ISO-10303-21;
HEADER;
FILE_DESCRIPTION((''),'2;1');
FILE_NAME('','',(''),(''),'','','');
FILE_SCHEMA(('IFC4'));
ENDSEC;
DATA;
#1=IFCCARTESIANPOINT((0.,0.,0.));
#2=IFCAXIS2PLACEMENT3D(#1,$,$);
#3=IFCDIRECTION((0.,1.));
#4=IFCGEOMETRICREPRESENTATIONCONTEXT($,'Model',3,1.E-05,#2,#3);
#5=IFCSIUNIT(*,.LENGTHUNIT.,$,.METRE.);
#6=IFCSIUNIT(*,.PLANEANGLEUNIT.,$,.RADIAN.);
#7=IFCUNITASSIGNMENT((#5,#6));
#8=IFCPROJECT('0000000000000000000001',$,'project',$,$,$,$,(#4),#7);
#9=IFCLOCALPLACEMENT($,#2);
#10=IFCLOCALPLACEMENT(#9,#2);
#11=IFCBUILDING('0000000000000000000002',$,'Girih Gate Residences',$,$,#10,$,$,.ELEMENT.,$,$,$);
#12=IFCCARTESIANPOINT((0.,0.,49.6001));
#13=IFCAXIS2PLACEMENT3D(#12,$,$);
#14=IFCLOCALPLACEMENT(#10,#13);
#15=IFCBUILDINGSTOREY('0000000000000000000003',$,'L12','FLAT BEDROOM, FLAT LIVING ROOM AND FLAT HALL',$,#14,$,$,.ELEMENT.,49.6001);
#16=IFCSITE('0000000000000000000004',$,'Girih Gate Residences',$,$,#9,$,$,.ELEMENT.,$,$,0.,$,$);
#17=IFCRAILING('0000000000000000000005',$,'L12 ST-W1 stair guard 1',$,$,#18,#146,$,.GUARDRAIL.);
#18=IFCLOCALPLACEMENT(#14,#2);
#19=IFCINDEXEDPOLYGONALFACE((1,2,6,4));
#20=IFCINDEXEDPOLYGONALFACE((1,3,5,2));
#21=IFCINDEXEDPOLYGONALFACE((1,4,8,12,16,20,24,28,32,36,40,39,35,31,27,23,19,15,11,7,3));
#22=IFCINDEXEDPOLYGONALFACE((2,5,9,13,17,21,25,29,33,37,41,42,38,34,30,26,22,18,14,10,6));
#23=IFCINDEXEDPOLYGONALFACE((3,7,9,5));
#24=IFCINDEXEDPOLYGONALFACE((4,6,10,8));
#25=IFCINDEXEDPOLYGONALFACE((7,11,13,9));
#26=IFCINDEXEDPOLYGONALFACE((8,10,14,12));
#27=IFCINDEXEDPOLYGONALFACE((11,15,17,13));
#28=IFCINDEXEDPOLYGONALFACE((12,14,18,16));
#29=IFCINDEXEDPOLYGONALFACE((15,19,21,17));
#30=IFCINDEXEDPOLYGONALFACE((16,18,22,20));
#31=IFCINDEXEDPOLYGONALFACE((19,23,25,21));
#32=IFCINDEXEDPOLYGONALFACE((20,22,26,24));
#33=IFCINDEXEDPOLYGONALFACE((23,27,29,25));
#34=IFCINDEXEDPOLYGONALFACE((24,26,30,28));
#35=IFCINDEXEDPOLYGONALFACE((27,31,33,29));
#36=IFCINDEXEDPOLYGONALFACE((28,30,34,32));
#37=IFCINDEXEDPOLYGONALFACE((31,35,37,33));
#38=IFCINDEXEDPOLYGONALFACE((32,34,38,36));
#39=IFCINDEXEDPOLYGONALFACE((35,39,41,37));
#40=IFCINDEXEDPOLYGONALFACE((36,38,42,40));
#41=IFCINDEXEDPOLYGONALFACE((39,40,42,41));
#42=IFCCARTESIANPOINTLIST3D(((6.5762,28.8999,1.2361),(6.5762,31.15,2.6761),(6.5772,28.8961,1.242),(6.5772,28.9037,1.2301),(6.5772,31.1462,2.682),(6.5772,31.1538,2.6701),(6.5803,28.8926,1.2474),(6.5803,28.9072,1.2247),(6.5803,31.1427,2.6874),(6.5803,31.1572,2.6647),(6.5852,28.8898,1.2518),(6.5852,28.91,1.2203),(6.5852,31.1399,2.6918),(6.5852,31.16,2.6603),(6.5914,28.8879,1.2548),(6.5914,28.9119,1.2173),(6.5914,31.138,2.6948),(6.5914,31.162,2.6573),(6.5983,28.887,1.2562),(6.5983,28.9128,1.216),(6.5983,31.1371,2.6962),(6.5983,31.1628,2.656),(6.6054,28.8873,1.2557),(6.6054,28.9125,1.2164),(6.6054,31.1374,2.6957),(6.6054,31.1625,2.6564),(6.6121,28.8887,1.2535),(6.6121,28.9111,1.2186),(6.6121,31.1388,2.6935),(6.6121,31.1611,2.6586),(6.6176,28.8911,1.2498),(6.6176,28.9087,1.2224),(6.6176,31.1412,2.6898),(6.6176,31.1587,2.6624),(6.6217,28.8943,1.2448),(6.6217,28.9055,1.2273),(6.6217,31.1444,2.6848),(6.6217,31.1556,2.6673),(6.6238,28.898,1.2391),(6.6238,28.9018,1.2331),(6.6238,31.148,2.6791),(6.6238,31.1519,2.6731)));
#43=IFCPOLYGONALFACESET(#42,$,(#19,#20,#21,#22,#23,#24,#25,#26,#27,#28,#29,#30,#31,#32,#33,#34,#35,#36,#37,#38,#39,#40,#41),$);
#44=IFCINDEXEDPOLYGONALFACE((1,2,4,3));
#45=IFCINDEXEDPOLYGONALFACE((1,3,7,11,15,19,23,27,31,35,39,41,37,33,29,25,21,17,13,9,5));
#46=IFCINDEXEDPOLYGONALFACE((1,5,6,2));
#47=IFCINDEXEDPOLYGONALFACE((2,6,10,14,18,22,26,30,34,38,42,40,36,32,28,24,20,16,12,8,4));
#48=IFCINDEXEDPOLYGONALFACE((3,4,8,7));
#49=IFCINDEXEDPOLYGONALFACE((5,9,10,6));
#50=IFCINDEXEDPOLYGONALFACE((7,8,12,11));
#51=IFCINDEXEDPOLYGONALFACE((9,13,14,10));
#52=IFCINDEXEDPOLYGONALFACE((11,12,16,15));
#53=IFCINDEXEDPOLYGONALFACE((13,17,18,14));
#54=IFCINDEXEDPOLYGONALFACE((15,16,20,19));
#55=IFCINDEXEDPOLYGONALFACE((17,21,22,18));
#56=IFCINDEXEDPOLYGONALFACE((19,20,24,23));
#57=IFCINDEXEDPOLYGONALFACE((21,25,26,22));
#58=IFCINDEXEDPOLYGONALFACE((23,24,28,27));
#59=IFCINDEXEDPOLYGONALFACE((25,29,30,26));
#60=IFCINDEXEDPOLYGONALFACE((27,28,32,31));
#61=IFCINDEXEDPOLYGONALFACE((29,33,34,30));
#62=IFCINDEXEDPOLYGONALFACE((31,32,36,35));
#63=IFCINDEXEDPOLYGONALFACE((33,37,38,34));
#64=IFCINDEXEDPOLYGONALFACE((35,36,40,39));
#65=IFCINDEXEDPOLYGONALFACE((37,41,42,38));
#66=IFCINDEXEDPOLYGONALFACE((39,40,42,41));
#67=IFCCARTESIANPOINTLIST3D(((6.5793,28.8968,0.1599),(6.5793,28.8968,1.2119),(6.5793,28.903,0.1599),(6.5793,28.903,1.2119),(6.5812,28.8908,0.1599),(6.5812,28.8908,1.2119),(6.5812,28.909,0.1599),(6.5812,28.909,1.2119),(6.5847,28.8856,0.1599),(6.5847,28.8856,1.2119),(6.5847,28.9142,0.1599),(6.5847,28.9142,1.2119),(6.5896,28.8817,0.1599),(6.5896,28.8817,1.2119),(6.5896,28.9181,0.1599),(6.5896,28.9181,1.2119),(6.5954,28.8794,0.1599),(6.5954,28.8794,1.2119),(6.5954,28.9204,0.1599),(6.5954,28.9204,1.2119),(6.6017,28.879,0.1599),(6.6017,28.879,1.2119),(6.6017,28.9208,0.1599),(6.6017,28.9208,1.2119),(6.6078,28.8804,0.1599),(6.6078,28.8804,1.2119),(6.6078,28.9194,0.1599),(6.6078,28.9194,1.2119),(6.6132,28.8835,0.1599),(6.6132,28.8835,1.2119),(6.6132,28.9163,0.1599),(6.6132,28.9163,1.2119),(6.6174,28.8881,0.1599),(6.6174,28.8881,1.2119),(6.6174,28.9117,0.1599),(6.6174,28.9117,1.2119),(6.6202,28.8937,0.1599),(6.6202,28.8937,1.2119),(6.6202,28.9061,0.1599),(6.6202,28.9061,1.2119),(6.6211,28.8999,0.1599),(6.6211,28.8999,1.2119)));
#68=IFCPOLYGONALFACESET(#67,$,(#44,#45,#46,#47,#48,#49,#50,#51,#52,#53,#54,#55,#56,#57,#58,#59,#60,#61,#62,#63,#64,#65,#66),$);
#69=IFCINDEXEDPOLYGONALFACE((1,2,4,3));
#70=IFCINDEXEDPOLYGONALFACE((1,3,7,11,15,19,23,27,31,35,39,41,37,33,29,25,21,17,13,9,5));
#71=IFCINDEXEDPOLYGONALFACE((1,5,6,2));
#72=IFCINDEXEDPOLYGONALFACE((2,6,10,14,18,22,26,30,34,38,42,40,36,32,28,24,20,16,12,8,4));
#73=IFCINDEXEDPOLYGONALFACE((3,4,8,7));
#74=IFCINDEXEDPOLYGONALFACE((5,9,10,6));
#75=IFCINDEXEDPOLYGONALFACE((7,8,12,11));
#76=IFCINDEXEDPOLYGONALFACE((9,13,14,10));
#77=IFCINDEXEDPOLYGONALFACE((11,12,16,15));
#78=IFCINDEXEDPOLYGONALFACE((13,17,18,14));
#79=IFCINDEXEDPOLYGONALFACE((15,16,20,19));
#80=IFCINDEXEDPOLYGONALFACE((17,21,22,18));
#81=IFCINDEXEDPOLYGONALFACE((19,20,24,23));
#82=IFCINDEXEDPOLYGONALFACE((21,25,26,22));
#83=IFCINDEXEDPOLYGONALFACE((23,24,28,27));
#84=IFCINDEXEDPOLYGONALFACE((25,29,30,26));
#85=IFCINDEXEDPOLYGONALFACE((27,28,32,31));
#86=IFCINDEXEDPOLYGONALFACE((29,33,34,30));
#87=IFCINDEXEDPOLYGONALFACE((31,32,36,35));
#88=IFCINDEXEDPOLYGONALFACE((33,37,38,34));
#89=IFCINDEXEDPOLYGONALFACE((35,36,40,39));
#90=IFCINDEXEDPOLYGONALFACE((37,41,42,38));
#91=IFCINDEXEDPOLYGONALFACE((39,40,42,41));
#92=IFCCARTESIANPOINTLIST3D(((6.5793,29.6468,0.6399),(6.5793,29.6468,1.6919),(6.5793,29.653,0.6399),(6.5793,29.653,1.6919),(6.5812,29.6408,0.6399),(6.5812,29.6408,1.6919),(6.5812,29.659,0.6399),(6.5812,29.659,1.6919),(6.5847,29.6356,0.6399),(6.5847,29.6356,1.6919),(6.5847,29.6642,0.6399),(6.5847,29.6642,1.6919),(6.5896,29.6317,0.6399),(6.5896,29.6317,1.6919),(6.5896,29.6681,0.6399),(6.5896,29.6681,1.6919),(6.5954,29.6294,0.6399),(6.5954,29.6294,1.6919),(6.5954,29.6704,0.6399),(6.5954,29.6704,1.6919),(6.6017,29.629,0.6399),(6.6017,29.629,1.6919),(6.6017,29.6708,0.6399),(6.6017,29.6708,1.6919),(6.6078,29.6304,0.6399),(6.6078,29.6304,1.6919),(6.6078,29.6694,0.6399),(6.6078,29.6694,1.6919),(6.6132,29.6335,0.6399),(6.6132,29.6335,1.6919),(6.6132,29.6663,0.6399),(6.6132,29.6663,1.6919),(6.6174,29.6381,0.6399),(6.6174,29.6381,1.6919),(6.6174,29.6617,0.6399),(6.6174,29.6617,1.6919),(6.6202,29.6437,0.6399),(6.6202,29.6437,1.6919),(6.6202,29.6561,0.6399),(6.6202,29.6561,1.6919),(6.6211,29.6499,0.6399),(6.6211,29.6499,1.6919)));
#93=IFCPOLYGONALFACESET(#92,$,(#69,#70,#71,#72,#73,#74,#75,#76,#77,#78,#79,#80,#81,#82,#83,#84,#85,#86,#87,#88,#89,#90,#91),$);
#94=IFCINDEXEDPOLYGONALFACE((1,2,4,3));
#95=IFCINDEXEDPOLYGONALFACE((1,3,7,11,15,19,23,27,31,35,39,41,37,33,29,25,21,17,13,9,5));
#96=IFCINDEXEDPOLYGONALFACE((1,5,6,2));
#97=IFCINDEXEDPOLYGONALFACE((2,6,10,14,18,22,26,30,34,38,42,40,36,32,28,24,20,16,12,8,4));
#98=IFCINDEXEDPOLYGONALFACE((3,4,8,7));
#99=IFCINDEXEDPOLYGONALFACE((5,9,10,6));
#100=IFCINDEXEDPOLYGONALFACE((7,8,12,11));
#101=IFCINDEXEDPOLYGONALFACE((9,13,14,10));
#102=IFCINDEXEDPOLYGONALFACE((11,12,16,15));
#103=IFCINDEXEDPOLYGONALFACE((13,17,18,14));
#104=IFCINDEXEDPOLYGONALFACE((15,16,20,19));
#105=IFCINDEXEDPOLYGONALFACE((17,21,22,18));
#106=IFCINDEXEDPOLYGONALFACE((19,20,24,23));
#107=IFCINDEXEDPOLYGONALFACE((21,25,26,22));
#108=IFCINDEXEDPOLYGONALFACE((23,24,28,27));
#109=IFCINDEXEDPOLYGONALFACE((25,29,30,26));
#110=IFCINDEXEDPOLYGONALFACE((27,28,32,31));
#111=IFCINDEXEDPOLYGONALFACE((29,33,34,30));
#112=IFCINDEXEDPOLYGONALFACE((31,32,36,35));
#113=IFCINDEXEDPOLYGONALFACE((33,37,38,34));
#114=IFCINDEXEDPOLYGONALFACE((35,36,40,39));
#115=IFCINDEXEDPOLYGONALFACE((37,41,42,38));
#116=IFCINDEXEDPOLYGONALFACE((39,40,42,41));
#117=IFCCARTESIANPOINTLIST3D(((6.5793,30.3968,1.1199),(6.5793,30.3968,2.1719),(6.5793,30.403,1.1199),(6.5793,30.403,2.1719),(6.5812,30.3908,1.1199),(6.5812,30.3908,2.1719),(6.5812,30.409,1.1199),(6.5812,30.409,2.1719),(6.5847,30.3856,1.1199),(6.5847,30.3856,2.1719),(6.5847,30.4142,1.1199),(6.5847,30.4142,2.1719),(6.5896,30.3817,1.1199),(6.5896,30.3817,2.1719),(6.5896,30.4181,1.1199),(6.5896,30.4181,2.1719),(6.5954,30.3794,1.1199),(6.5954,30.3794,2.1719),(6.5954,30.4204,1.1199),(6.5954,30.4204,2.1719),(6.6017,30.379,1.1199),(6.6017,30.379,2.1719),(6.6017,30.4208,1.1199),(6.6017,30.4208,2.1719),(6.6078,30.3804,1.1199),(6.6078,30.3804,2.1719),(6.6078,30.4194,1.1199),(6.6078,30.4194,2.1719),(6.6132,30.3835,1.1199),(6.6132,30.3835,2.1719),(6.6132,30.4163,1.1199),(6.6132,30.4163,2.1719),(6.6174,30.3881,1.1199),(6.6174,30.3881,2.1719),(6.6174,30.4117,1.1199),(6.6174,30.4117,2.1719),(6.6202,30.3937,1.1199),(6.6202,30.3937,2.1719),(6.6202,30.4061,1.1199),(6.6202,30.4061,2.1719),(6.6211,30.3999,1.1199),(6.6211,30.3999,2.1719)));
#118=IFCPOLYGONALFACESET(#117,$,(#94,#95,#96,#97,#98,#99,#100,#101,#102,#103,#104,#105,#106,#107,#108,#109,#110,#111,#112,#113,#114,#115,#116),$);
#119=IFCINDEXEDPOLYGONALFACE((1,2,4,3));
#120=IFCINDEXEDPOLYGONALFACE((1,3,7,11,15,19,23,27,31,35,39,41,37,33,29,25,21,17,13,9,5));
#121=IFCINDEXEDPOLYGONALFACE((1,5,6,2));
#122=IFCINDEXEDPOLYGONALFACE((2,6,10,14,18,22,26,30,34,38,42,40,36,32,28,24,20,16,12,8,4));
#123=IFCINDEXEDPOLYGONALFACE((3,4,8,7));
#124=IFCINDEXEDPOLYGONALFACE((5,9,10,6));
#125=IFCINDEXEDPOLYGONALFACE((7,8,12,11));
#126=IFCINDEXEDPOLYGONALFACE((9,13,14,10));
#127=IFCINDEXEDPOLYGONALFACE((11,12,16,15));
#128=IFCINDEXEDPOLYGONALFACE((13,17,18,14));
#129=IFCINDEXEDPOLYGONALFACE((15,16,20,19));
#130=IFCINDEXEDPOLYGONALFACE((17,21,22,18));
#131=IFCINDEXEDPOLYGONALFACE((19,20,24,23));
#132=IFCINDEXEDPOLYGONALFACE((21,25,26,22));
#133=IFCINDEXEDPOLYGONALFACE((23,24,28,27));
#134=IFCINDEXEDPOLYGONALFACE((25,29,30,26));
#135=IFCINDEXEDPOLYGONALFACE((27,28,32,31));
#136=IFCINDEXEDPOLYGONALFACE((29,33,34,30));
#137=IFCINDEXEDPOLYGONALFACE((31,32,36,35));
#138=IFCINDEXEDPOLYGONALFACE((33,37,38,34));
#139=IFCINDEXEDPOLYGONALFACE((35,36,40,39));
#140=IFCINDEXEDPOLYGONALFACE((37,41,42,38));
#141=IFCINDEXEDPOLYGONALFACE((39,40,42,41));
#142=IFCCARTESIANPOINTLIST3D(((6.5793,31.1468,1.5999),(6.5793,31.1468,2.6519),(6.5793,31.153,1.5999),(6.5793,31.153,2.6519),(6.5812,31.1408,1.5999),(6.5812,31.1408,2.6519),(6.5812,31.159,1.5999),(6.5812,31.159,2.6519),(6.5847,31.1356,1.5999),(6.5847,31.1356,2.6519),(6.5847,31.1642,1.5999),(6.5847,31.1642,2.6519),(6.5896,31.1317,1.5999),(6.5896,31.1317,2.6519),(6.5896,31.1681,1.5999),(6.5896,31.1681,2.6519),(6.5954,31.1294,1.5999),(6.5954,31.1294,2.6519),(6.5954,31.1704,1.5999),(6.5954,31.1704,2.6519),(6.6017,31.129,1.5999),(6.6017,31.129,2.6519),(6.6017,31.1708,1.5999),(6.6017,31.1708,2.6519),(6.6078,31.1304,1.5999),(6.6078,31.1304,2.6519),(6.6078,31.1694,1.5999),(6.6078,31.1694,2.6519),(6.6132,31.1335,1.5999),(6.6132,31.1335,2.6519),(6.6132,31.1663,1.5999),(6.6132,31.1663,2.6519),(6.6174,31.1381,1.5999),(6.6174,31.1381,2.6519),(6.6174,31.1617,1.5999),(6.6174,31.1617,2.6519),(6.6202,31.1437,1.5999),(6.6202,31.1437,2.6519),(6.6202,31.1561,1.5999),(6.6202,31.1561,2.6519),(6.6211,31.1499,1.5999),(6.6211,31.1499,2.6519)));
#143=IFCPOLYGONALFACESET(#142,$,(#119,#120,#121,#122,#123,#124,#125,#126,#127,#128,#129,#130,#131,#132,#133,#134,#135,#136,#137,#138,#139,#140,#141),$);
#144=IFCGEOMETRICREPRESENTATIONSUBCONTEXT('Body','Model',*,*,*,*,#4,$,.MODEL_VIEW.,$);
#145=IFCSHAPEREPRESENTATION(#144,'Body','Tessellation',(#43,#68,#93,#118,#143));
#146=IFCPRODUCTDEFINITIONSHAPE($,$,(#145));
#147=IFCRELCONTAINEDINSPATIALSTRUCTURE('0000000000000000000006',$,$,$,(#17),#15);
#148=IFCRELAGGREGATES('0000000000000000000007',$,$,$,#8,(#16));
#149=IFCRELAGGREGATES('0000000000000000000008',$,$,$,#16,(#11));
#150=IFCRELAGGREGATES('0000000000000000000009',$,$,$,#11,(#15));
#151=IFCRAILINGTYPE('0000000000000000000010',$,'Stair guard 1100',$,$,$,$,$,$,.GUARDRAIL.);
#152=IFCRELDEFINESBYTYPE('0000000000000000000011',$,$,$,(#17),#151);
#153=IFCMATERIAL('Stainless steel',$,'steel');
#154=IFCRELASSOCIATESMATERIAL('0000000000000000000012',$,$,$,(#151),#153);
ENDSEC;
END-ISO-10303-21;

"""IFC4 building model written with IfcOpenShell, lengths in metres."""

from ifc_helpers import new_model, si_unit, direction, frame, origin, origin_2d, place, context, subcontext, project, spatial, circle, extrude, material, type_object, element, save


model = new_model("IFC4")

# Units and contexts
model_context = context("Model", 3, precision=1e-05, world=origin(), true_north=direction((0.0, 1.0)))
body_context = subcontext(model_context, "Body", "Model", "MODEL_VIEW")
ifc_project = project(units=[si_unit("LENGTHUNIT", "METRE"), si_unit("PLANEANGLEUNIT", "RADIAN")], contexts=[model_context])

# Site, building, storey
site_placement = place(None, origin())
site = spatial("IfcSite", under=ifc_project, at=site_placement, Name="Girih Gate Residences", CompositionType="ELEMENT", RefElevation=0.0)
building_placement = place(site_placement, origin())
building = spatial("IfcBuilding", under=site, at=building_placement, Name="Girih Gate Residences", CompositionType="ELEMENT")
storey_placement = place(building_placement, frame((0.0, 0.0, 49.6001)))
storey = spatial("IfcBuildingStorey", under=building, at=storey_placement, Name="L12", Description="FLAT BEDROOM, FLAT LIVING ROOM AND FLAT HALL", CompositionType="ELEMENT", Elevation=49.6001)

# Railing
ifc_material_1 = material(Name="Stainless steel", Category="steel")
railing_type_1 = type_object("IfcRailingType", Name="Stair guard 1100", PredefinedType="GUARDRAIL", material=ifc_material_1)
railing_1_placement = place(storey_placement, frame((6.6001, 28.8999, 0.1599)))
element("IfcRailing", 1, at=railing_1_placement, inside=storey, type_object=railing_type_1, Name="L12 ST-W1 stair guard 1", PredefinedType="GUARDRAIL", context=body_context, shape_type="SweptSolid", body=[
    extrude(circle(Radius=0.0239, at=origin_2d()), frame((0.0, 0.0, 1.0762), z_axis=(0.0, 0.842281, 0.539038), x_axis=(-1.0, 0.0, 0.0)), (0.0, 0.0, 1.0), 2.6714),
    extrude(circle(Radius=0.021, at=origin_2d()), origin(), (0.0, 0.0, 1.0), 1.052),
    extrude(circle(Radius=0.021, at=origin_2d()), frame((0.0, 0.75, 0.48)), (0.0, 0.0, 1.0), 1.052),
    extrude(circle(Radius=0.021, at=origin_2d()), frame((0.0, 1.5, 0.96)), (0.0, 0.0, 1.0), 1.052),
    extrude(circle(Radius=0.021, at=origin_2d()), frame((0.0, 2.25, 1.4399)), (0.0, 0.0, 1.0), 1.052),
])

save(model, "model.ifc")
